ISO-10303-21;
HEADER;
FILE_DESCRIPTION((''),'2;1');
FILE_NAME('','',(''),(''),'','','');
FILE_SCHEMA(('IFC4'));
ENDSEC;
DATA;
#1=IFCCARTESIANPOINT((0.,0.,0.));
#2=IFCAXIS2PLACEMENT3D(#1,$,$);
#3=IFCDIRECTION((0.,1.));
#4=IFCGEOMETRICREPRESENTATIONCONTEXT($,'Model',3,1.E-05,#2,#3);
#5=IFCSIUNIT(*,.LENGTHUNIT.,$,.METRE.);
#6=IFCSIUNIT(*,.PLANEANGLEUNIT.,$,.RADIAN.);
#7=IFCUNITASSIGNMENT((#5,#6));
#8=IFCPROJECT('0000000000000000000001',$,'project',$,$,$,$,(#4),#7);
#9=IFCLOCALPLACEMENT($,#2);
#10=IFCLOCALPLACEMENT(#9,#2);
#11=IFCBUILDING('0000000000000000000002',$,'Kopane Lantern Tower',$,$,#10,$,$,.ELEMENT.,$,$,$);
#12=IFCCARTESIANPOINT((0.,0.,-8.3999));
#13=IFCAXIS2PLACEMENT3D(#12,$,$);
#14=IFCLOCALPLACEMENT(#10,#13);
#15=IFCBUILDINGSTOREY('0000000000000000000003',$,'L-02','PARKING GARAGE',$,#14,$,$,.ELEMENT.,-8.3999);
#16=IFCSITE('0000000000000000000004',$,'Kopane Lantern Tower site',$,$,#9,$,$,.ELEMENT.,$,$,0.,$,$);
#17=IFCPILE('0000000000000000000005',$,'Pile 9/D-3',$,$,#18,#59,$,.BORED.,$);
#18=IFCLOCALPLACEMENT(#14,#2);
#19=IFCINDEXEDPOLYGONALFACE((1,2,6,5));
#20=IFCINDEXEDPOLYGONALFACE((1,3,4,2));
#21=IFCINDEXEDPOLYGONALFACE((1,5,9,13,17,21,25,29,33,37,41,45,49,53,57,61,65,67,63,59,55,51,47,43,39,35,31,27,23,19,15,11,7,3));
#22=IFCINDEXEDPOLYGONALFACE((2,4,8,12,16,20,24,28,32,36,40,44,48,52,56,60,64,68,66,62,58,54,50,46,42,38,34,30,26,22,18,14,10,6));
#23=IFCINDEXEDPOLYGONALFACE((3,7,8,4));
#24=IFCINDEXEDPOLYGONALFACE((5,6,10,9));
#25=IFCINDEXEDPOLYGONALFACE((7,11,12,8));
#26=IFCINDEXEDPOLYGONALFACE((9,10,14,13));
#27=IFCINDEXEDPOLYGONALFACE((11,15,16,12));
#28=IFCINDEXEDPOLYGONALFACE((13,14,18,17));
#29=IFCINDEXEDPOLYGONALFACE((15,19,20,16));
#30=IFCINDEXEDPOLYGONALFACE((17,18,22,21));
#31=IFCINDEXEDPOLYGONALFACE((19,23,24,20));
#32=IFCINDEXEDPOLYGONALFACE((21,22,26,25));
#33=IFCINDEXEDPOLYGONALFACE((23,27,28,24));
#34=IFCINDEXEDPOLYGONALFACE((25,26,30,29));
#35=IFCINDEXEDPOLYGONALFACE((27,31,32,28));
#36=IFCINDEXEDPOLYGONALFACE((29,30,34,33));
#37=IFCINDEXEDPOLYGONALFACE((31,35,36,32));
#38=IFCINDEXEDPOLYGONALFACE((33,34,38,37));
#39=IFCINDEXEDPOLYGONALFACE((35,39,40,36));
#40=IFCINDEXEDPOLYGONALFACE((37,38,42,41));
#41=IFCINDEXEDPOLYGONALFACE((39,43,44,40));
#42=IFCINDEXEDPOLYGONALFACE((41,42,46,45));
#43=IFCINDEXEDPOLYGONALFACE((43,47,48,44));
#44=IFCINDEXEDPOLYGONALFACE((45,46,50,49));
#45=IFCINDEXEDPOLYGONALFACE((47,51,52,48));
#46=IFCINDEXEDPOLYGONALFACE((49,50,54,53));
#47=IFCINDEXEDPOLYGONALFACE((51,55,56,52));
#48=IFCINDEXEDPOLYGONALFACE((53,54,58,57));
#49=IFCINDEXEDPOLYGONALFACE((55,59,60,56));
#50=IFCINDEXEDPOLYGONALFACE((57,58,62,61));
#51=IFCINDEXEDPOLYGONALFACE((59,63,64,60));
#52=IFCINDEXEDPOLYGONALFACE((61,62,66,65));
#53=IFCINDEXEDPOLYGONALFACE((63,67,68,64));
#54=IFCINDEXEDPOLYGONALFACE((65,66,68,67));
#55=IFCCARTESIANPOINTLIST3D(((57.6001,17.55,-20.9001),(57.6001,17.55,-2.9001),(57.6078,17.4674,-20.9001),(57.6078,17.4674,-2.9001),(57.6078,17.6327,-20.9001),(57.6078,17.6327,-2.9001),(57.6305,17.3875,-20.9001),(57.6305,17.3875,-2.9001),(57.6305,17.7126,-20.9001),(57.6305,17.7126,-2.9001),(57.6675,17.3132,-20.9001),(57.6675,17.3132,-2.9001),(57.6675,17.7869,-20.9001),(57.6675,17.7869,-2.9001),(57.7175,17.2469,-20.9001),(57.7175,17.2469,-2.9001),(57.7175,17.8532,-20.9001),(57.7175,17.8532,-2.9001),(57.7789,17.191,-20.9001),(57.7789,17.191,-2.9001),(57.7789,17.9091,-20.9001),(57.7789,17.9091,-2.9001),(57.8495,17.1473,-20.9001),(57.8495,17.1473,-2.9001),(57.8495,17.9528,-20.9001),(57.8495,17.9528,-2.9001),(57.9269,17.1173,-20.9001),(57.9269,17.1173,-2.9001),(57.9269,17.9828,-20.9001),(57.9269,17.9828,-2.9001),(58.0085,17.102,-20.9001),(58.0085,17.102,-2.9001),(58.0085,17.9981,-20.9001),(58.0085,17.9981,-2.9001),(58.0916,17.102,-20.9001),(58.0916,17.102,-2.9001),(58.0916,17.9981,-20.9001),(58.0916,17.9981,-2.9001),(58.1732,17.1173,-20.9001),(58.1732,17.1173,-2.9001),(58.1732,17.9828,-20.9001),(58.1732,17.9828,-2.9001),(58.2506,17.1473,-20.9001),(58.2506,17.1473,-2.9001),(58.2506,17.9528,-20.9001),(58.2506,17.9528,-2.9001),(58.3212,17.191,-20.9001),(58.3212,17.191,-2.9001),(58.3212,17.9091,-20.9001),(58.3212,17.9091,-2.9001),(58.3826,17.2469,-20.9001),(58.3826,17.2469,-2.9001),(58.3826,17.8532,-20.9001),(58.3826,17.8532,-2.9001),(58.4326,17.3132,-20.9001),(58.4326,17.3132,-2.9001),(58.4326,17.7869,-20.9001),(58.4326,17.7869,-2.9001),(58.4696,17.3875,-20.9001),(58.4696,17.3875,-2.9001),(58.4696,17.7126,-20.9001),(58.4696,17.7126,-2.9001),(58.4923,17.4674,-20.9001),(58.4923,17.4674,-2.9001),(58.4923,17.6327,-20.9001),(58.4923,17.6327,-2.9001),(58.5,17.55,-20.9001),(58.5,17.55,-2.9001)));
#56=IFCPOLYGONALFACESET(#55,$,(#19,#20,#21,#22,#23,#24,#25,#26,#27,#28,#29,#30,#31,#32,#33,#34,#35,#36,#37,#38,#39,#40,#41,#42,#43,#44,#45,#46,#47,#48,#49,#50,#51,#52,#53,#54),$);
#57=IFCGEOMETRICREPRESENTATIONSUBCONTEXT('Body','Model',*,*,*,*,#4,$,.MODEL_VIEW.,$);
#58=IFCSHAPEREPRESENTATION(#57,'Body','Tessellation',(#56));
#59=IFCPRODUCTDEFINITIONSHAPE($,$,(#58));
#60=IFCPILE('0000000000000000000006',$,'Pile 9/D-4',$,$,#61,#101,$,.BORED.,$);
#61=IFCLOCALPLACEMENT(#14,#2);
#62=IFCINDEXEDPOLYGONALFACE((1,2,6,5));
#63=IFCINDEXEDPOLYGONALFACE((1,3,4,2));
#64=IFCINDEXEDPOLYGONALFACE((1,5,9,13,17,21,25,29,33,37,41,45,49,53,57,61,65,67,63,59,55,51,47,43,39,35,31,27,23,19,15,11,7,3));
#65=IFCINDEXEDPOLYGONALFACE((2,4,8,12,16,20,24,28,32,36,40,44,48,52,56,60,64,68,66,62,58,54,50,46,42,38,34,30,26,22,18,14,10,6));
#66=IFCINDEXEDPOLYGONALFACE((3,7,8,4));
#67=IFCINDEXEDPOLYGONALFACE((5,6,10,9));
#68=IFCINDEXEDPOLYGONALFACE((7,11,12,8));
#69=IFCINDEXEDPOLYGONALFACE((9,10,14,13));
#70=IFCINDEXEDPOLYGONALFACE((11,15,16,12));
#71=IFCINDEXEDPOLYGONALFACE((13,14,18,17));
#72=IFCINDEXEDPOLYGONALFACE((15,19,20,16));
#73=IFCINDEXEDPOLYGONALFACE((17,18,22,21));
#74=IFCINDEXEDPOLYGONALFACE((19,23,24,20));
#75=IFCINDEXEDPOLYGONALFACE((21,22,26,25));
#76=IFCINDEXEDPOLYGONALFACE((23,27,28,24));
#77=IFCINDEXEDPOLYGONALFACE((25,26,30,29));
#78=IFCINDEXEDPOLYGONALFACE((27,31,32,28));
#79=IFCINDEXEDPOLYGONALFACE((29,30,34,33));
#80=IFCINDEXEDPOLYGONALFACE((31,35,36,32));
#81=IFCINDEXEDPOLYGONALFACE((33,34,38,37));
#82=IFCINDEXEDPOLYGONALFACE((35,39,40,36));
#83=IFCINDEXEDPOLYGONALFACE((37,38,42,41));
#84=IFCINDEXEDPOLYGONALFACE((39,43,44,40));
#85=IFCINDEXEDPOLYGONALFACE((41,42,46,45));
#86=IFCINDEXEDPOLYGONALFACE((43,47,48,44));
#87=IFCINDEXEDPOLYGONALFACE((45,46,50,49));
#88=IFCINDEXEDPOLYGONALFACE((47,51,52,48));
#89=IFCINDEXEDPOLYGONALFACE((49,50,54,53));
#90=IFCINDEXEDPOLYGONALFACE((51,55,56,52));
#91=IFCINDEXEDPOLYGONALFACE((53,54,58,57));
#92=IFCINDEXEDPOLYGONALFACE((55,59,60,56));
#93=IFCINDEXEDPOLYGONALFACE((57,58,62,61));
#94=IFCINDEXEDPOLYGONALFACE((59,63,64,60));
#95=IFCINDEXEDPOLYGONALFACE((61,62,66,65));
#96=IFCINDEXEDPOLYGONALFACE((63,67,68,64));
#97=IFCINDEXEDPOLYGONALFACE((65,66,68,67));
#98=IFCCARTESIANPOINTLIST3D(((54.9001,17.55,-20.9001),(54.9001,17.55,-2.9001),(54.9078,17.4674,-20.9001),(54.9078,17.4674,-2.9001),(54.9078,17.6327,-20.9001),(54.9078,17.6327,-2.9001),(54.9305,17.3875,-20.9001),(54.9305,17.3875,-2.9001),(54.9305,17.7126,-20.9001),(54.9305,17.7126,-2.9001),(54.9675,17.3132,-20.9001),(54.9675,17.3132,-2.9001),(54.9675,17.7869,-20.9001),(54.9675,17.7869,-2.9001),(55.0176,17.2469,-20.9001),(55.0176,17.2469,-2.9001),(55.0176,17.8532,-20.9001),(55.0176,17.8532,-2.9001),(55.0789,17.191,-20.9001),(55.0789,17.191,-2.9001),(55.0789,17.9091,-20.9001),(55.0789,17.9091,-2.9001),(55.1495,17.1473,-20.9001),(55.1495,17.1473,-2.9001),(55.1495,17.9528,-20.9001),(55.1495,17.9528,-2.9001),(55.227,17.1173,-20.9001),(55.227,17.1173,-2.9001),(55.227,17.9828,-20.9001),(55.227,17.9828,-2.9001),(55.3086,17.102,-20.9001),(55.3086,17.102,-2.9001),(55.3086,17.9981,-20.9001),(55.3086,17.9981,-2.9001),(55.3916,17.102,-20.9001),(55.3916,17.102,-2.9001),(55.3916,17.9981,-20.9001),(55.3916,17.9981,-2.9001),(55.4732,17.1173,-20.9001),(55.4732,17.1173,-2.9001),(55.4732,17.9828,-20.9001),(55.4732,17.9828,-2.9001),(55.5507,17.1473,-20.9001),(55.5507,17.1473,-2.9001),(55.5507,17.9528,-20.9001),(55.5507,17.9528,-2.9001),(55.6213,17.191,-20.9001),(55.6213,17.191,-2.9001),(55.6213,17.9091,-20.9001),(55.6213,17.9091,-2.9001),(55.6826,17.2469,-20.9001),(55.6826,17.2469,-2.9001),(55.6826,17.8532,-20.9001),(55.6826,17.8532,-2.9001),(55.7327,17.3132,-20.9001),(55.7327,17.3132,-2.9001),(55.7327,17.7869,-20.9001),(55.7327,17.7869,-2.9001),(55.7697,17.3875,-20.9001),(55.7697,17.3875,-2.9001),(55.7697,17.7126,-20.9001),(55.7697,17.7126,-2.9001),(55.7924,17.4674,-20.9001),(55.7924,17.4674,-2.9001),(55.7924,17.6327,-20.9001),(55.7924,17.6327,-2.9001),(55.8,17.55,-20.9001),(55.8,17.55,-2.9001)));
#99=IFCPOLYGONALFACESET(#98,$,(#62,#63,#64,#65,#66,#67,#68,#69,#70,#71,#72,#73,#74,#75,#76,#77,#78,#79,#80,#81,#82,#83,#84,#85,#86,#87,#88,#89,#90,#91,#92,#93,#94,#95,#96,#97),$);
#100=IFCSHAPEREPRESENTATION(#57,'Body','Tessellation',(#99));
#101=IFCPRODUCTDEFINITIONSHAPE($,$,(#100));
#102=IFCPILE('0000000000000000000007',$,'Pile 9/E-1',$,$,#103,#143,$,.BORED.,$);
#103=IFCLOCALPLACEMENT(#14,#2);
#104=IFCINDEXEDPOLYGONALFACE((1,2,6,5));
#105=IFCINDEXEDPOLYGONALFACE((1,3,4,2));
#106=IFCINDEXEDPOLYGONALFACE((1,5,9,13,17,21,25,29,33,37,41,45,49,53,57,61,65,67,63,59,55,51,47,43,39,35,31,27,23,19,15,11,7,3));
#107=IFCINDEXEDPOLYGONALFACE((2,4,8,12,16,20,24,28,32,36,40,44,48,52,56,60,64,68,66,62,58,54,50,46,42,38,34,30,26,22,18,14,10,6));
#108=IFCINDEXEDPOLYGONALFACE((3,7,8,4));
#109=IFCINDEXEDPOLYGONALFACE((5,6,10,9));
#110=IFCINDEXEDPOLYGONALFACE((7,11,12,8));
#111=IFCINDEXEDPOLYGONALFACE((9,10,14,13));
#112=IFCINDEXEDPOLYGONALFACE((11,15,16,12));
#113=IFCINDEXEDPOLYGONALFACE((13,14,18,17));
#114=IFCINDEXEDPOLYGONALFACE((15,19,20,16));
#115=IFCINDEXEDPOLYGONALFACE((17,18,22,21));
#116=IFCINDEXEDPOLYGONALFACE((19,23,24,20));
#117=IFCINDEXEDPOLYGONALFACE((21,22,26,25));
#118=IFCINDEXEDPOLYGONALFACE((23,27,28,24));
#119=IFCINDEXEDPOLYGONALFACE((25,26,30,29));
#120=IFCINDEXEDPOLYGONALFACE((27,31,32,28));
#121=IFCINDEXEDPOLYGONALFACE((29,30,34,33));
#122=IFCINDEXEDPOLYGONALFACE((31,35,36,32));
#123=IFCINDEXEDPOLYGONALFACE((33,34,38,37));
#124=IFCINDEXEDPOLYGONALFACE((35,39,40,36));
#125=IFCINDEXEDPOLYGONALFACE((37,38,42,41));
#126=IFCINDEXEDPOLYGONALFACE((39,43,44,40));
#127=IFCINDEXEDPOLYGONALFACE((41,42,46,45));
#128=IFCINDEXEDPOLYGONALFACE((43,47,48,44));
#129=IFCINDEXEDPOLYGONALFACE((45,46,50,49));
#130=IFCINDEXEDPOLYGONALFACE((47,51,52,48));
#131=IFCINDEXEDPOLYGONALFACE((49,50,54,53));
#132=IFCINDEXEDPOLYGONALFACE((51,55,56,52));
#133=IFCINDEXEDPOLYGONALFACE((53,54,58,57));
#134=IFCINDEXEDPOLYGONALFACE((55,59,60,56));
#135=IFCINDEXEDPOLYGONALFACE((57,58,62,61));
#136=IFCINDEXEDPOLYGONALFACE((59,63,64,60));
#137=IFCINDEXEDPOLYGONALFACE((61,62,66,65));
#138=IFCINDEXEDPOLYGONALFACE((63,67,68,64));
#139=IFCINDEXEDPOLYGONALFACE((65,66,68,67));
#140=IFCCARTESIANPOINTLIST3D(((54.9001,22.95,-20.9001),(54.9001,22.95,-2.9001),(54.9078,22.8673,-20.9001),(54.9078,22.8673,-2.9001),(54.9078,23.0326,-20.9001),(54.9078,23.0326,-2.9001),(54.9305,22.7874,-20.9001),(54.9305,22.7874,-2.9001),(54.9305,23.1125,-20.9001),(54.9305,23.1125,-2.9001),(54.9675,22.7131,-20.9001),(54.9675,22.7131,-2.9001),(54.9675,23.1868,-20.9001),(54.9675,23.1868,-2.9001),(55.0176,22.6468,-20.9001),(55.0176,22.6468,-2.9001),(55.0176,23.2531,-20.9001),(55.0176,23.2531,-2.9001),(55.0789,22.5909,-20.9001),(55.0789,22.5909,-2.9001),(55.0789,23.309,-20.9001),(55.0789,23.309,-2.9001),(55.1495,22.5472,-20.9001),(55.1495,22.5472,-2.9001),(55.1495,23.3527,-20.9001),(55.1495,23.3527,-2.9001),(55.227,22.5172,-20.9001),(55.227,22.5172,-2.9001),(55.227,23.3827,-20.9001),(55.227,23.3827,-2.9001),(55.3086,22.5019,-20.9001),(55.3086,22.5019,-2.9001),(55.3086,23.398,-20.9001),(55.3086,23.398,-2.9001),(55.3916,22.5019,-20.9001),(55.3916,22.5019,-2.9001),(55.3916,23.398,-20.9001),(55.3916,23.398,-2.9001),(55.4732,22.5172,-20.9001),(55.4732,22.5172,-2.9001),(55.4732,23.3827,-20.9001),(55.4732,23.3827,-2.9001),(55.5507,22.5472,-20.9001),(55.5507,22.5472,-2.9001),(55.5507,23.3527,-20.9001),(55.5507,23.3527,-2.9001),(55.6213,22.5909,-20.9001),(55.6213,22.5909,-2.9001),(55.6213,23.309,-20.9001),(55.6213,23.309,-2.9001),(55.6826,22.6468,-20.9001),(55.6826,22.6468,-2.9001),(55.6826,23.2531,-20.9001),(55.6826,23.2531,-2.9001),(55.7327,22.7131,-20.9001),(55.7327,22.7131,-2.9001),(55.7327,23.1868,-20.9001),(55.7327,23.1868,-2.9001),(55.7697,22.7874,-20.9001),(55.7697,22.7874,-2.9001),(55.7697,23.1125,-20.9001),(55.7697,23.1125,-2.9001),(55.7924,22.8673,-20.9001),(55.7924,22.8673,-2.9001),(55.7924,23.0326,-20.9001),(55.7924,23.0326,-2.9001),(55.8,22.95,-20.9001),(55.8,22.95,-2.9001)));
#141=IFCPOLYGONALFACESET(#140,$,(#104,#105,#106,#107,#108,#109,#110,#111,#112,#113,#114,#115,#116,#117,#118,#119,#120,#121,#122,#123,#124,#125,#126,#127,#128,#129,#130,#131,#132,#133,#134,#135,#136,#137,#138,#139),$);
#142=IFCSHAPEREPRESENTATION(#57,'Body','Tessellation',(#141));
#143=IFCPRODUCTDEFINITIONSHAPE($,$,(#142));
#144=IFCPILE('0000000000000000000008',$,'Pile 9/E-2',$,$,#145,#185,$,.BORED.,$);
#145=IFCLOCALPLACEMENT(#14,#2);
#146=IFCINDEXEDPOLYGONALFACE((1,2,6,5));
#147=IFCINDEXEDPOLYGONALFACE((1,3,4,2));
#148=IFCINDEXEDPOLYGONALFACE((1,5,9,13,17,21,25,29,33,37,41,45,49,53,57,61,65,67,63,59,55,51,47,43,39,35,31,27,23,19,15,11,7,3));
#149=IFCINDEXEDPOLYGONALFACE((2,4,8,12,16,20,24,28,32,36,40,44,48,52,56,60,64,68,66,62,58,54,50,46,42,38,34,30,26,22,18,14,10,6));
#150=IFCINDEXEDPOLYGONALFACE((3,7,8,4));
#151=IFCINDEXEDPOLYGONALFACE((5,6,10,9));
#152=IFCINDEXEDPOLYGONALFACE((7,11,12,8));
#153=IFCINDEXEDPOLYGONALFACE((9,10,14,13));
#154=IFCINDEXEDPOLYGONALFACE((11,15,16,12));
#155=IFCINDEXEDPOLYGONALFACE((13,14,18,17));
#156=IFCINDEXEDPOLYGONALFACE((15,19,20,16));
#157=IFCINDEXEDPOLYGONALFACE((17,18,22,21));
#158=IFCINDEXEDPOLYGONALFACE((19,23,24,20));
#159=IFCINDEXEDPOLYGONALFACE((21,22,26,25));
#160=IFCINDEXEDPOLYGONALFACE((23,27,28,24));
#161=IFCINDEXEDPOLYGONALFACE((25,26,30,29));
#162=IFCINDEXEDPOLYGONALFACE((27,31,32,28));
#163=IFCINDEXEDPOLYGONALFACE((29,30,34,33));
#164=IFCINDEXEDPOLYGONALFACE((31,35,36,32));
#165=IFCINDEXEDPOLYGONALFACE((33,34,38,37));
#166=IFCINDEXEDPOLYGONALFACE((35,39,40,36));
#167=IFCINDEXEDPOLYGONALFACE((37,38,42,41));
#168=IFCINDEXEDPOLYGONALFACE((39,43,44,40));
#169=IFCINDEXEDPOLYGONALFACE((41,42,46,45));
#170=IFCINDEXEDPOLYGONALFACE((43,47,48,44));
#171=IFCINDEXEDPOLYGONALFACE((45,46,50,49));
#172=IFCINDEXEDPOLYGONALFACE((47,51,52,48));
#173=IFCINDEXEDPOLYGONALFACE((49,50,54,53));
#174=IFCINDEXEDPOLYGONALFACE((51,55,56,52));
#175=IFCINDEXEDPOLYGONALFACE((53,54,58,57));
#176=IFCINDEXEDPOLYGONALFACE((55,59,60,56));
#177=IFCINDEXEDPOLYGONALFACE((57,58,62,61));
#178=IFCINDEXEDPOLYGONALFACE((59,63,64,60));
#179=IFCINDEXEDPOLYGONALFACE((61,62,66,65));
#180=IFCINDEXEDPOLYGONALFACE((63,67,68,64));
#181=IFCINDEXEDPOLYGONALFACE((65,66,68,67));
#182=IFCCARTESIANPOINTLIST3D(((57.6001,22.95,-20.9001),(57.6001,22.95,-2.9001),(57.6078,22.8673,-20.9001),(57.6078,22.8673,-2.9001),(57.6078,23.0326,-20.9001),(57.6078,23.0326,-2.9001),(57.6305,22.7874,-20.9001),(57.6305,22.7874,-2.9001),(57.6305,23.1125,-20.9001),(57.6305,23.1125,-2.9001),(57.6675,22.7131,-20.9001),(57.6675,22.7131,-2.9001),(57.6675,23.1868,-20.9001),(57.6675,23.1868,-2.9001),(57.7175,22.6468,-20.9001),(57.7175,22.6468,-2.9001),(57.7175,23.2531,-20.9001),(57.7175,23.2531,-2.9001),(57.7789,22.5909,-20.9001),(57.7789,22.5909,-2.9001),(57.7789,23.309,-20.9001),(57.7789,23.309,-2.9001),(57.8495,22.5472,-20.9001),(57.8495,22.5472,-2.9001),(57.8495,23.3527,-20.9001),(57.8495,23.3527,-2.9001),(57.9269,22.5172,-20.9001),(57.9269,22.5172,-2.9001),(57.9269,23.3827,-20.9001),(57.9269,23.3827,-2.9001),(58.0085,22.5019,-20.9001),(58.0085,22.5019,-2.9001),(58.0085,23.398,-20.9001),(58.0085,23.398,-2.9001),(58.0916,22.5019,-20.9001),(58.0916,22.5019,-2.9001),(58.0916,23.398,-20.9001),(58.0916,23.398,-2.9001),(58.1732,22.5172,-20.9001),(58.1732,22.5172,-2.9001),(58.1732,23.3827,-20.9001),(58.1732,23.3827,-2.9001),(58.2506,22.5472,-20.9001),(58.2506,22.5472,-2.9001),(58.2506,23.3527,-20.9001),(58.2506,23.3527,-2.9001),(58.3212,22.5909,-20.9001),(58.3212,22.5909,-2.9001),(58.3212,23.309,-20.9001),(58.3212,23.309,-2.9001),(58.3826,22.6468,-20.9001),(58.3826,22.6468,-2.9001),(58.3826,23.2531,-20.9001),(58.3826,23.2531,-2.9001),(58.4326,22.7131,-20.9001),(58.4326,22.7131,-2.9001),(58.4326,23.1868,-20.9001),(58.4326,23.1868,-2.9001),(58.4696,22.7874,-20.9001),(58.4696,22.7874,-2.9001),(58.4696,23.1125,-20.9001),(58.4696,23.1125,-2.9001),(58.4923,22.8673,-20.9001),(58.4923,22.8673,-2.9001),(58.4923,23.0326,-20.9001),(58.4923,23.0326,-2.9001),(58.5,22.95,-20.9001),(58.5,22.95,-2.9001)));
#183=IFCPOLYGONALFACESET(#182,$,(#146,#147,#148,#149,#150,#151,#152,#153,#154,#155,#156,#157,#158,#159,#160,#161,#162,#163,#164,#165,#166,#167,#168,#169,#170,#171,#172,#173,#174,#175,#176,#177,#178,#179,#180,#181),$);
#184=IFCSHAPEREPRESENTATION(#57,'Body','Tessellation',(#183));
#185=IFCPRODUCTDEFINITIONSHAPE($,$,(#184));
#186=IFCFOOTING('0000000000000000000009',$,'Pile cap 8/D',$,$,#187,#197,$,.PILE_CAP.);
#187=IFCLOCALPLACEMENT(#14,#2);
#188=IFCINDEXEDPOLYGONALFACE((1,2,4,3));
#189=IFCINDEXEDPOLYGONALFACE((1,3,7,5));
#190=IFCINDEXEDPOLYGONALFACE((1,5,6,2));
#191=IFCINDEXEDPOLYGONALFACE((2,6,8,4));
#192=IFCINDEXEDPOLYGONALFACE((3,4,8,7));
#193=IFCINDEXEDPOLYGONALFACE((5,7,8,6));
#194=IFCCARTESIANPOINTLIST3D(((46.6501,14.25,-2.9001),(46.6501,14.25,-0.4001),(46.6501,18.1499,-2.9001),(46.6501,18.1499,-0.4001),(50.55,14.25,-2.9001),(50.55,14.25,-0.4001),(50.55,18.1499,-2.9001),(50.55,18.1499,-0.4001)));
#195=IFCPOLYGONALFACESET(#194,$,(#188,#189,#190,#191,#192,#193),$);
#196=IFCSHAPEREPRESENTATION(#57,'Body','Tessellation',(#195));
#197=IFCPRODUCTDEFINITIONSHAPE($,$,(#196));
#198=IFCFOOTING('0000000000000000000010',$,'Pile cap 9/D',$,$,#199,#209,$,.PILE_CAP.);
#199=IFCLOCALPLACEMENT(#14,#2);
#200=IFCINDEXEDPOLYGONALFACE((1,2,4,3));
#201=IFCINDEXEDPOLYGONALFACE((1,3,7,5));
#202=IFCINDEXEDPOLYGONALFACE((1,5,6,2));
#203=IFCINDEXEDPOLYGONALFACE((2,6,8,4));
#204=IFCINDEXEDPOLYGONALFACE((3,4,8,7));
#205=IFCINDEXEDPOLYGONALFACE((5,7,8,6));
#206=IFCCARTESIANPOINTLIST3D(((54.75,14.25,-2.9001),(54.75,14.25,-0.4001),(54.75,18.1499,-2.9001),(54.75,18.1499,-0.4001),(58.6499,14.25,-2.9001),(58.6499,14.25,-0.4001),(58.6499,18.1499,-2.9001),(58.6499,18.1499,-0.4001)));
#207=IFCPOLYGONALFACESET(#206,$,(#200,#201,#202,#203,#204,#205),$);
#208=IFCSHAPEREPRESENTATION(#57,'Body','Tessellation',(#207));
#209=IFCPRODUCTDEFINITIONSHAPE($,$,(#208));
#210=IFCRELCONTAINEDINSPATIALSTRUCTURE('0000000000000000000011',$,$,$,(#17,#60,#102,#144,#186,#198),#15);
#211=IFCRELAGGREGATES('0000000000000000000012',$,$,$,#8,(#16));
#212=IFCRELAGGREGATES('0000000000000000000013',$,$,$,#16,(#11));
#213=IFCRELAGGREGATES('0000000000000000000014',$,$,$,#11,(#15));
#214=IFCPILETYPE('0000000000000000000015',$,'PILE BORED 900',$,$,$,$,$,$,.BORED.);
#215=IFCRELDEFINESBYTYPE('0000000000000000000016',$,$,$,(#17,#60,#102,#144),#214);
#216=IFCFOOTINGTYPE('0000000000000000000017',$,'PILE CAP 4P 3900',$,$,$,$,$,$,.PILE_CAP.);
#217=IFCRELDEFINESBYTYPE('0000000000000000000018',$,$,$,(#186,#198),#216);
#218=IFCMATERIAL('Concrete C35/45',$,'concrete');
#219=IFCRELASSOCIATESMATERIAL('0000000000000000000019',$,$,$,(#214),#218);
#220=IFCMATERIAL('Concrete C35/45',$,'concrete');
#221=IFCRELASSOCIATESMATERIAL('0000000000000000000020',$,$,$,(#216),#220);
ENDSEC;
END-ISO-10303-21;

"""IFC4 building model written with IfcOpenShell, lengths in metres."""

from ifc_helpers import new_model, si_unit, direction, frame, origin, origin_2d, place, context, subcontext, project, spatial, rectangle, circle, extrude, material, material_profile, profile_set, type_object, element, save


model = new_model("IFC4")

# Units and contexts
model_context = context("Model", 3, precision=1e-05, world=origin(), true_north=direction((0.0, 1.0)))
body_context = subcontext(model_context, "Body", "Model", "MODEL_VIEW")
ifc_project = project(units=[si_unit("LENGTHUNIT", "METRE"), si_unit("PLANEANGLEUNIT", "RADIAN")], contexts=[model_context])

# Site, building, storey
site_placement = place(None, origin())
site = spatial("IfcSite", under=ifc_project, at=site_placement, Name="Kopane Lantern Tower site", CompositionType="ELEMENT", RefElevation=0.0)
building_placement = place(site_placement, origin())
building = spatial("IfcBuilding", under=site, at=building_placement, Name="Kopane Lantern Tower", CompositionType="ELEMENT")
storey_placement = place(building_placement, frame((0.0, 0.0, -8.3999)))
storey = spatial("IfcBuildingStorey", under=building, at=storey_placement, Name="L-02", Description="PARKING GARAGE", CompositionType="ELEMENT", Elevation=-8.3999)

# Piles
ifc_material_1 = material(Name="Concrete C35/45", Category="concrete")
ifc_material_profile_1 = material_profile(ifc_material_1, circle(Radius=0.45, at=origin_2d()), Name="D900")
ifc_profile_set_1 = profile_set([ifc_material_profile_1], Name="Concrete C35/45")
pile_type = type_object("IfcPileType", Name="PILE BORED 900", PredefinedType="BORED", material=ifc_profile_set_1)
for number, where, z_axis, x_axis, name in (
    (1, (58.05, 17.55, -2.9001), (0.0, 0.0, -1.0), (1.0, 0.0, 0.0), "Pile 9/D-3"),
    (2, (55.3501, 17.55, -2.9001), (0.0, 0.0, -1.0), (1.0, 0.0, 0.0), "Pile 9/D-4"),
    (3, (55.3501, 22.95, -2.9001), (0.0, 0.0, -1.0), (1.0, 0.0, 0.0), "Pile 9/E-1"),
    (4, (58.05, 22.95, -2.9001), (0.0, 0.0, -1.0), (1.0, 0.0, 0.0), "Pile 9/E-2"),
):
    element("IfcPile", number, at=place(storey_placement, frame(where, z_axis=z_axis, x_axis=x_axis)), inside=storey, type_object=pile_type, Name=name, PredefinedType="BORED", context=body_context, shape_type="SweptSolid", body=[
        extrude(circle(Radius=0.45, at=origin_2d()), origin(), (0.0, 0.0, 1.0), 18.0),
    ])

# Footings
ifc_material_2 = material(Name="Concrete C35/45", Category="concrete")
footing_type_1 = type_object("IfcFootingType", Name="PILE CAP 4P 3900", PredefinedType="PILE_CAP", material=ifc_material_2)
for number, where, z_axis, x_axis, name in (
    (5, (48.6001, 16.2, -2.9001), (0.0, 0.0, 1.0), (1.0, 0.0, 0.0), "Pile cap 8/D"),
    (6, (56.7, 16.2, -2.9001), (0.0, 0.0, 1.0), (1.0, 0.0, 0.0), "Pile cap 9/D"),
):
    element("IfcFooting", number, at=place(storey_placement, frame(where, z_axis=z_axis, x_axis=x_axis)), inside=storey, type_object=footing_type_1, Name=name, PredefinedType="PILE_CAP", context=body_context, shape_type="SweptSolid", body=[
        extrude(rectangle(XDim=3.8999, YDim=3.8999, at=origin_2d()), origin(), (0.0, 0.0, 1.0), 2.5),
    ])

save(model, "model.ifc")
